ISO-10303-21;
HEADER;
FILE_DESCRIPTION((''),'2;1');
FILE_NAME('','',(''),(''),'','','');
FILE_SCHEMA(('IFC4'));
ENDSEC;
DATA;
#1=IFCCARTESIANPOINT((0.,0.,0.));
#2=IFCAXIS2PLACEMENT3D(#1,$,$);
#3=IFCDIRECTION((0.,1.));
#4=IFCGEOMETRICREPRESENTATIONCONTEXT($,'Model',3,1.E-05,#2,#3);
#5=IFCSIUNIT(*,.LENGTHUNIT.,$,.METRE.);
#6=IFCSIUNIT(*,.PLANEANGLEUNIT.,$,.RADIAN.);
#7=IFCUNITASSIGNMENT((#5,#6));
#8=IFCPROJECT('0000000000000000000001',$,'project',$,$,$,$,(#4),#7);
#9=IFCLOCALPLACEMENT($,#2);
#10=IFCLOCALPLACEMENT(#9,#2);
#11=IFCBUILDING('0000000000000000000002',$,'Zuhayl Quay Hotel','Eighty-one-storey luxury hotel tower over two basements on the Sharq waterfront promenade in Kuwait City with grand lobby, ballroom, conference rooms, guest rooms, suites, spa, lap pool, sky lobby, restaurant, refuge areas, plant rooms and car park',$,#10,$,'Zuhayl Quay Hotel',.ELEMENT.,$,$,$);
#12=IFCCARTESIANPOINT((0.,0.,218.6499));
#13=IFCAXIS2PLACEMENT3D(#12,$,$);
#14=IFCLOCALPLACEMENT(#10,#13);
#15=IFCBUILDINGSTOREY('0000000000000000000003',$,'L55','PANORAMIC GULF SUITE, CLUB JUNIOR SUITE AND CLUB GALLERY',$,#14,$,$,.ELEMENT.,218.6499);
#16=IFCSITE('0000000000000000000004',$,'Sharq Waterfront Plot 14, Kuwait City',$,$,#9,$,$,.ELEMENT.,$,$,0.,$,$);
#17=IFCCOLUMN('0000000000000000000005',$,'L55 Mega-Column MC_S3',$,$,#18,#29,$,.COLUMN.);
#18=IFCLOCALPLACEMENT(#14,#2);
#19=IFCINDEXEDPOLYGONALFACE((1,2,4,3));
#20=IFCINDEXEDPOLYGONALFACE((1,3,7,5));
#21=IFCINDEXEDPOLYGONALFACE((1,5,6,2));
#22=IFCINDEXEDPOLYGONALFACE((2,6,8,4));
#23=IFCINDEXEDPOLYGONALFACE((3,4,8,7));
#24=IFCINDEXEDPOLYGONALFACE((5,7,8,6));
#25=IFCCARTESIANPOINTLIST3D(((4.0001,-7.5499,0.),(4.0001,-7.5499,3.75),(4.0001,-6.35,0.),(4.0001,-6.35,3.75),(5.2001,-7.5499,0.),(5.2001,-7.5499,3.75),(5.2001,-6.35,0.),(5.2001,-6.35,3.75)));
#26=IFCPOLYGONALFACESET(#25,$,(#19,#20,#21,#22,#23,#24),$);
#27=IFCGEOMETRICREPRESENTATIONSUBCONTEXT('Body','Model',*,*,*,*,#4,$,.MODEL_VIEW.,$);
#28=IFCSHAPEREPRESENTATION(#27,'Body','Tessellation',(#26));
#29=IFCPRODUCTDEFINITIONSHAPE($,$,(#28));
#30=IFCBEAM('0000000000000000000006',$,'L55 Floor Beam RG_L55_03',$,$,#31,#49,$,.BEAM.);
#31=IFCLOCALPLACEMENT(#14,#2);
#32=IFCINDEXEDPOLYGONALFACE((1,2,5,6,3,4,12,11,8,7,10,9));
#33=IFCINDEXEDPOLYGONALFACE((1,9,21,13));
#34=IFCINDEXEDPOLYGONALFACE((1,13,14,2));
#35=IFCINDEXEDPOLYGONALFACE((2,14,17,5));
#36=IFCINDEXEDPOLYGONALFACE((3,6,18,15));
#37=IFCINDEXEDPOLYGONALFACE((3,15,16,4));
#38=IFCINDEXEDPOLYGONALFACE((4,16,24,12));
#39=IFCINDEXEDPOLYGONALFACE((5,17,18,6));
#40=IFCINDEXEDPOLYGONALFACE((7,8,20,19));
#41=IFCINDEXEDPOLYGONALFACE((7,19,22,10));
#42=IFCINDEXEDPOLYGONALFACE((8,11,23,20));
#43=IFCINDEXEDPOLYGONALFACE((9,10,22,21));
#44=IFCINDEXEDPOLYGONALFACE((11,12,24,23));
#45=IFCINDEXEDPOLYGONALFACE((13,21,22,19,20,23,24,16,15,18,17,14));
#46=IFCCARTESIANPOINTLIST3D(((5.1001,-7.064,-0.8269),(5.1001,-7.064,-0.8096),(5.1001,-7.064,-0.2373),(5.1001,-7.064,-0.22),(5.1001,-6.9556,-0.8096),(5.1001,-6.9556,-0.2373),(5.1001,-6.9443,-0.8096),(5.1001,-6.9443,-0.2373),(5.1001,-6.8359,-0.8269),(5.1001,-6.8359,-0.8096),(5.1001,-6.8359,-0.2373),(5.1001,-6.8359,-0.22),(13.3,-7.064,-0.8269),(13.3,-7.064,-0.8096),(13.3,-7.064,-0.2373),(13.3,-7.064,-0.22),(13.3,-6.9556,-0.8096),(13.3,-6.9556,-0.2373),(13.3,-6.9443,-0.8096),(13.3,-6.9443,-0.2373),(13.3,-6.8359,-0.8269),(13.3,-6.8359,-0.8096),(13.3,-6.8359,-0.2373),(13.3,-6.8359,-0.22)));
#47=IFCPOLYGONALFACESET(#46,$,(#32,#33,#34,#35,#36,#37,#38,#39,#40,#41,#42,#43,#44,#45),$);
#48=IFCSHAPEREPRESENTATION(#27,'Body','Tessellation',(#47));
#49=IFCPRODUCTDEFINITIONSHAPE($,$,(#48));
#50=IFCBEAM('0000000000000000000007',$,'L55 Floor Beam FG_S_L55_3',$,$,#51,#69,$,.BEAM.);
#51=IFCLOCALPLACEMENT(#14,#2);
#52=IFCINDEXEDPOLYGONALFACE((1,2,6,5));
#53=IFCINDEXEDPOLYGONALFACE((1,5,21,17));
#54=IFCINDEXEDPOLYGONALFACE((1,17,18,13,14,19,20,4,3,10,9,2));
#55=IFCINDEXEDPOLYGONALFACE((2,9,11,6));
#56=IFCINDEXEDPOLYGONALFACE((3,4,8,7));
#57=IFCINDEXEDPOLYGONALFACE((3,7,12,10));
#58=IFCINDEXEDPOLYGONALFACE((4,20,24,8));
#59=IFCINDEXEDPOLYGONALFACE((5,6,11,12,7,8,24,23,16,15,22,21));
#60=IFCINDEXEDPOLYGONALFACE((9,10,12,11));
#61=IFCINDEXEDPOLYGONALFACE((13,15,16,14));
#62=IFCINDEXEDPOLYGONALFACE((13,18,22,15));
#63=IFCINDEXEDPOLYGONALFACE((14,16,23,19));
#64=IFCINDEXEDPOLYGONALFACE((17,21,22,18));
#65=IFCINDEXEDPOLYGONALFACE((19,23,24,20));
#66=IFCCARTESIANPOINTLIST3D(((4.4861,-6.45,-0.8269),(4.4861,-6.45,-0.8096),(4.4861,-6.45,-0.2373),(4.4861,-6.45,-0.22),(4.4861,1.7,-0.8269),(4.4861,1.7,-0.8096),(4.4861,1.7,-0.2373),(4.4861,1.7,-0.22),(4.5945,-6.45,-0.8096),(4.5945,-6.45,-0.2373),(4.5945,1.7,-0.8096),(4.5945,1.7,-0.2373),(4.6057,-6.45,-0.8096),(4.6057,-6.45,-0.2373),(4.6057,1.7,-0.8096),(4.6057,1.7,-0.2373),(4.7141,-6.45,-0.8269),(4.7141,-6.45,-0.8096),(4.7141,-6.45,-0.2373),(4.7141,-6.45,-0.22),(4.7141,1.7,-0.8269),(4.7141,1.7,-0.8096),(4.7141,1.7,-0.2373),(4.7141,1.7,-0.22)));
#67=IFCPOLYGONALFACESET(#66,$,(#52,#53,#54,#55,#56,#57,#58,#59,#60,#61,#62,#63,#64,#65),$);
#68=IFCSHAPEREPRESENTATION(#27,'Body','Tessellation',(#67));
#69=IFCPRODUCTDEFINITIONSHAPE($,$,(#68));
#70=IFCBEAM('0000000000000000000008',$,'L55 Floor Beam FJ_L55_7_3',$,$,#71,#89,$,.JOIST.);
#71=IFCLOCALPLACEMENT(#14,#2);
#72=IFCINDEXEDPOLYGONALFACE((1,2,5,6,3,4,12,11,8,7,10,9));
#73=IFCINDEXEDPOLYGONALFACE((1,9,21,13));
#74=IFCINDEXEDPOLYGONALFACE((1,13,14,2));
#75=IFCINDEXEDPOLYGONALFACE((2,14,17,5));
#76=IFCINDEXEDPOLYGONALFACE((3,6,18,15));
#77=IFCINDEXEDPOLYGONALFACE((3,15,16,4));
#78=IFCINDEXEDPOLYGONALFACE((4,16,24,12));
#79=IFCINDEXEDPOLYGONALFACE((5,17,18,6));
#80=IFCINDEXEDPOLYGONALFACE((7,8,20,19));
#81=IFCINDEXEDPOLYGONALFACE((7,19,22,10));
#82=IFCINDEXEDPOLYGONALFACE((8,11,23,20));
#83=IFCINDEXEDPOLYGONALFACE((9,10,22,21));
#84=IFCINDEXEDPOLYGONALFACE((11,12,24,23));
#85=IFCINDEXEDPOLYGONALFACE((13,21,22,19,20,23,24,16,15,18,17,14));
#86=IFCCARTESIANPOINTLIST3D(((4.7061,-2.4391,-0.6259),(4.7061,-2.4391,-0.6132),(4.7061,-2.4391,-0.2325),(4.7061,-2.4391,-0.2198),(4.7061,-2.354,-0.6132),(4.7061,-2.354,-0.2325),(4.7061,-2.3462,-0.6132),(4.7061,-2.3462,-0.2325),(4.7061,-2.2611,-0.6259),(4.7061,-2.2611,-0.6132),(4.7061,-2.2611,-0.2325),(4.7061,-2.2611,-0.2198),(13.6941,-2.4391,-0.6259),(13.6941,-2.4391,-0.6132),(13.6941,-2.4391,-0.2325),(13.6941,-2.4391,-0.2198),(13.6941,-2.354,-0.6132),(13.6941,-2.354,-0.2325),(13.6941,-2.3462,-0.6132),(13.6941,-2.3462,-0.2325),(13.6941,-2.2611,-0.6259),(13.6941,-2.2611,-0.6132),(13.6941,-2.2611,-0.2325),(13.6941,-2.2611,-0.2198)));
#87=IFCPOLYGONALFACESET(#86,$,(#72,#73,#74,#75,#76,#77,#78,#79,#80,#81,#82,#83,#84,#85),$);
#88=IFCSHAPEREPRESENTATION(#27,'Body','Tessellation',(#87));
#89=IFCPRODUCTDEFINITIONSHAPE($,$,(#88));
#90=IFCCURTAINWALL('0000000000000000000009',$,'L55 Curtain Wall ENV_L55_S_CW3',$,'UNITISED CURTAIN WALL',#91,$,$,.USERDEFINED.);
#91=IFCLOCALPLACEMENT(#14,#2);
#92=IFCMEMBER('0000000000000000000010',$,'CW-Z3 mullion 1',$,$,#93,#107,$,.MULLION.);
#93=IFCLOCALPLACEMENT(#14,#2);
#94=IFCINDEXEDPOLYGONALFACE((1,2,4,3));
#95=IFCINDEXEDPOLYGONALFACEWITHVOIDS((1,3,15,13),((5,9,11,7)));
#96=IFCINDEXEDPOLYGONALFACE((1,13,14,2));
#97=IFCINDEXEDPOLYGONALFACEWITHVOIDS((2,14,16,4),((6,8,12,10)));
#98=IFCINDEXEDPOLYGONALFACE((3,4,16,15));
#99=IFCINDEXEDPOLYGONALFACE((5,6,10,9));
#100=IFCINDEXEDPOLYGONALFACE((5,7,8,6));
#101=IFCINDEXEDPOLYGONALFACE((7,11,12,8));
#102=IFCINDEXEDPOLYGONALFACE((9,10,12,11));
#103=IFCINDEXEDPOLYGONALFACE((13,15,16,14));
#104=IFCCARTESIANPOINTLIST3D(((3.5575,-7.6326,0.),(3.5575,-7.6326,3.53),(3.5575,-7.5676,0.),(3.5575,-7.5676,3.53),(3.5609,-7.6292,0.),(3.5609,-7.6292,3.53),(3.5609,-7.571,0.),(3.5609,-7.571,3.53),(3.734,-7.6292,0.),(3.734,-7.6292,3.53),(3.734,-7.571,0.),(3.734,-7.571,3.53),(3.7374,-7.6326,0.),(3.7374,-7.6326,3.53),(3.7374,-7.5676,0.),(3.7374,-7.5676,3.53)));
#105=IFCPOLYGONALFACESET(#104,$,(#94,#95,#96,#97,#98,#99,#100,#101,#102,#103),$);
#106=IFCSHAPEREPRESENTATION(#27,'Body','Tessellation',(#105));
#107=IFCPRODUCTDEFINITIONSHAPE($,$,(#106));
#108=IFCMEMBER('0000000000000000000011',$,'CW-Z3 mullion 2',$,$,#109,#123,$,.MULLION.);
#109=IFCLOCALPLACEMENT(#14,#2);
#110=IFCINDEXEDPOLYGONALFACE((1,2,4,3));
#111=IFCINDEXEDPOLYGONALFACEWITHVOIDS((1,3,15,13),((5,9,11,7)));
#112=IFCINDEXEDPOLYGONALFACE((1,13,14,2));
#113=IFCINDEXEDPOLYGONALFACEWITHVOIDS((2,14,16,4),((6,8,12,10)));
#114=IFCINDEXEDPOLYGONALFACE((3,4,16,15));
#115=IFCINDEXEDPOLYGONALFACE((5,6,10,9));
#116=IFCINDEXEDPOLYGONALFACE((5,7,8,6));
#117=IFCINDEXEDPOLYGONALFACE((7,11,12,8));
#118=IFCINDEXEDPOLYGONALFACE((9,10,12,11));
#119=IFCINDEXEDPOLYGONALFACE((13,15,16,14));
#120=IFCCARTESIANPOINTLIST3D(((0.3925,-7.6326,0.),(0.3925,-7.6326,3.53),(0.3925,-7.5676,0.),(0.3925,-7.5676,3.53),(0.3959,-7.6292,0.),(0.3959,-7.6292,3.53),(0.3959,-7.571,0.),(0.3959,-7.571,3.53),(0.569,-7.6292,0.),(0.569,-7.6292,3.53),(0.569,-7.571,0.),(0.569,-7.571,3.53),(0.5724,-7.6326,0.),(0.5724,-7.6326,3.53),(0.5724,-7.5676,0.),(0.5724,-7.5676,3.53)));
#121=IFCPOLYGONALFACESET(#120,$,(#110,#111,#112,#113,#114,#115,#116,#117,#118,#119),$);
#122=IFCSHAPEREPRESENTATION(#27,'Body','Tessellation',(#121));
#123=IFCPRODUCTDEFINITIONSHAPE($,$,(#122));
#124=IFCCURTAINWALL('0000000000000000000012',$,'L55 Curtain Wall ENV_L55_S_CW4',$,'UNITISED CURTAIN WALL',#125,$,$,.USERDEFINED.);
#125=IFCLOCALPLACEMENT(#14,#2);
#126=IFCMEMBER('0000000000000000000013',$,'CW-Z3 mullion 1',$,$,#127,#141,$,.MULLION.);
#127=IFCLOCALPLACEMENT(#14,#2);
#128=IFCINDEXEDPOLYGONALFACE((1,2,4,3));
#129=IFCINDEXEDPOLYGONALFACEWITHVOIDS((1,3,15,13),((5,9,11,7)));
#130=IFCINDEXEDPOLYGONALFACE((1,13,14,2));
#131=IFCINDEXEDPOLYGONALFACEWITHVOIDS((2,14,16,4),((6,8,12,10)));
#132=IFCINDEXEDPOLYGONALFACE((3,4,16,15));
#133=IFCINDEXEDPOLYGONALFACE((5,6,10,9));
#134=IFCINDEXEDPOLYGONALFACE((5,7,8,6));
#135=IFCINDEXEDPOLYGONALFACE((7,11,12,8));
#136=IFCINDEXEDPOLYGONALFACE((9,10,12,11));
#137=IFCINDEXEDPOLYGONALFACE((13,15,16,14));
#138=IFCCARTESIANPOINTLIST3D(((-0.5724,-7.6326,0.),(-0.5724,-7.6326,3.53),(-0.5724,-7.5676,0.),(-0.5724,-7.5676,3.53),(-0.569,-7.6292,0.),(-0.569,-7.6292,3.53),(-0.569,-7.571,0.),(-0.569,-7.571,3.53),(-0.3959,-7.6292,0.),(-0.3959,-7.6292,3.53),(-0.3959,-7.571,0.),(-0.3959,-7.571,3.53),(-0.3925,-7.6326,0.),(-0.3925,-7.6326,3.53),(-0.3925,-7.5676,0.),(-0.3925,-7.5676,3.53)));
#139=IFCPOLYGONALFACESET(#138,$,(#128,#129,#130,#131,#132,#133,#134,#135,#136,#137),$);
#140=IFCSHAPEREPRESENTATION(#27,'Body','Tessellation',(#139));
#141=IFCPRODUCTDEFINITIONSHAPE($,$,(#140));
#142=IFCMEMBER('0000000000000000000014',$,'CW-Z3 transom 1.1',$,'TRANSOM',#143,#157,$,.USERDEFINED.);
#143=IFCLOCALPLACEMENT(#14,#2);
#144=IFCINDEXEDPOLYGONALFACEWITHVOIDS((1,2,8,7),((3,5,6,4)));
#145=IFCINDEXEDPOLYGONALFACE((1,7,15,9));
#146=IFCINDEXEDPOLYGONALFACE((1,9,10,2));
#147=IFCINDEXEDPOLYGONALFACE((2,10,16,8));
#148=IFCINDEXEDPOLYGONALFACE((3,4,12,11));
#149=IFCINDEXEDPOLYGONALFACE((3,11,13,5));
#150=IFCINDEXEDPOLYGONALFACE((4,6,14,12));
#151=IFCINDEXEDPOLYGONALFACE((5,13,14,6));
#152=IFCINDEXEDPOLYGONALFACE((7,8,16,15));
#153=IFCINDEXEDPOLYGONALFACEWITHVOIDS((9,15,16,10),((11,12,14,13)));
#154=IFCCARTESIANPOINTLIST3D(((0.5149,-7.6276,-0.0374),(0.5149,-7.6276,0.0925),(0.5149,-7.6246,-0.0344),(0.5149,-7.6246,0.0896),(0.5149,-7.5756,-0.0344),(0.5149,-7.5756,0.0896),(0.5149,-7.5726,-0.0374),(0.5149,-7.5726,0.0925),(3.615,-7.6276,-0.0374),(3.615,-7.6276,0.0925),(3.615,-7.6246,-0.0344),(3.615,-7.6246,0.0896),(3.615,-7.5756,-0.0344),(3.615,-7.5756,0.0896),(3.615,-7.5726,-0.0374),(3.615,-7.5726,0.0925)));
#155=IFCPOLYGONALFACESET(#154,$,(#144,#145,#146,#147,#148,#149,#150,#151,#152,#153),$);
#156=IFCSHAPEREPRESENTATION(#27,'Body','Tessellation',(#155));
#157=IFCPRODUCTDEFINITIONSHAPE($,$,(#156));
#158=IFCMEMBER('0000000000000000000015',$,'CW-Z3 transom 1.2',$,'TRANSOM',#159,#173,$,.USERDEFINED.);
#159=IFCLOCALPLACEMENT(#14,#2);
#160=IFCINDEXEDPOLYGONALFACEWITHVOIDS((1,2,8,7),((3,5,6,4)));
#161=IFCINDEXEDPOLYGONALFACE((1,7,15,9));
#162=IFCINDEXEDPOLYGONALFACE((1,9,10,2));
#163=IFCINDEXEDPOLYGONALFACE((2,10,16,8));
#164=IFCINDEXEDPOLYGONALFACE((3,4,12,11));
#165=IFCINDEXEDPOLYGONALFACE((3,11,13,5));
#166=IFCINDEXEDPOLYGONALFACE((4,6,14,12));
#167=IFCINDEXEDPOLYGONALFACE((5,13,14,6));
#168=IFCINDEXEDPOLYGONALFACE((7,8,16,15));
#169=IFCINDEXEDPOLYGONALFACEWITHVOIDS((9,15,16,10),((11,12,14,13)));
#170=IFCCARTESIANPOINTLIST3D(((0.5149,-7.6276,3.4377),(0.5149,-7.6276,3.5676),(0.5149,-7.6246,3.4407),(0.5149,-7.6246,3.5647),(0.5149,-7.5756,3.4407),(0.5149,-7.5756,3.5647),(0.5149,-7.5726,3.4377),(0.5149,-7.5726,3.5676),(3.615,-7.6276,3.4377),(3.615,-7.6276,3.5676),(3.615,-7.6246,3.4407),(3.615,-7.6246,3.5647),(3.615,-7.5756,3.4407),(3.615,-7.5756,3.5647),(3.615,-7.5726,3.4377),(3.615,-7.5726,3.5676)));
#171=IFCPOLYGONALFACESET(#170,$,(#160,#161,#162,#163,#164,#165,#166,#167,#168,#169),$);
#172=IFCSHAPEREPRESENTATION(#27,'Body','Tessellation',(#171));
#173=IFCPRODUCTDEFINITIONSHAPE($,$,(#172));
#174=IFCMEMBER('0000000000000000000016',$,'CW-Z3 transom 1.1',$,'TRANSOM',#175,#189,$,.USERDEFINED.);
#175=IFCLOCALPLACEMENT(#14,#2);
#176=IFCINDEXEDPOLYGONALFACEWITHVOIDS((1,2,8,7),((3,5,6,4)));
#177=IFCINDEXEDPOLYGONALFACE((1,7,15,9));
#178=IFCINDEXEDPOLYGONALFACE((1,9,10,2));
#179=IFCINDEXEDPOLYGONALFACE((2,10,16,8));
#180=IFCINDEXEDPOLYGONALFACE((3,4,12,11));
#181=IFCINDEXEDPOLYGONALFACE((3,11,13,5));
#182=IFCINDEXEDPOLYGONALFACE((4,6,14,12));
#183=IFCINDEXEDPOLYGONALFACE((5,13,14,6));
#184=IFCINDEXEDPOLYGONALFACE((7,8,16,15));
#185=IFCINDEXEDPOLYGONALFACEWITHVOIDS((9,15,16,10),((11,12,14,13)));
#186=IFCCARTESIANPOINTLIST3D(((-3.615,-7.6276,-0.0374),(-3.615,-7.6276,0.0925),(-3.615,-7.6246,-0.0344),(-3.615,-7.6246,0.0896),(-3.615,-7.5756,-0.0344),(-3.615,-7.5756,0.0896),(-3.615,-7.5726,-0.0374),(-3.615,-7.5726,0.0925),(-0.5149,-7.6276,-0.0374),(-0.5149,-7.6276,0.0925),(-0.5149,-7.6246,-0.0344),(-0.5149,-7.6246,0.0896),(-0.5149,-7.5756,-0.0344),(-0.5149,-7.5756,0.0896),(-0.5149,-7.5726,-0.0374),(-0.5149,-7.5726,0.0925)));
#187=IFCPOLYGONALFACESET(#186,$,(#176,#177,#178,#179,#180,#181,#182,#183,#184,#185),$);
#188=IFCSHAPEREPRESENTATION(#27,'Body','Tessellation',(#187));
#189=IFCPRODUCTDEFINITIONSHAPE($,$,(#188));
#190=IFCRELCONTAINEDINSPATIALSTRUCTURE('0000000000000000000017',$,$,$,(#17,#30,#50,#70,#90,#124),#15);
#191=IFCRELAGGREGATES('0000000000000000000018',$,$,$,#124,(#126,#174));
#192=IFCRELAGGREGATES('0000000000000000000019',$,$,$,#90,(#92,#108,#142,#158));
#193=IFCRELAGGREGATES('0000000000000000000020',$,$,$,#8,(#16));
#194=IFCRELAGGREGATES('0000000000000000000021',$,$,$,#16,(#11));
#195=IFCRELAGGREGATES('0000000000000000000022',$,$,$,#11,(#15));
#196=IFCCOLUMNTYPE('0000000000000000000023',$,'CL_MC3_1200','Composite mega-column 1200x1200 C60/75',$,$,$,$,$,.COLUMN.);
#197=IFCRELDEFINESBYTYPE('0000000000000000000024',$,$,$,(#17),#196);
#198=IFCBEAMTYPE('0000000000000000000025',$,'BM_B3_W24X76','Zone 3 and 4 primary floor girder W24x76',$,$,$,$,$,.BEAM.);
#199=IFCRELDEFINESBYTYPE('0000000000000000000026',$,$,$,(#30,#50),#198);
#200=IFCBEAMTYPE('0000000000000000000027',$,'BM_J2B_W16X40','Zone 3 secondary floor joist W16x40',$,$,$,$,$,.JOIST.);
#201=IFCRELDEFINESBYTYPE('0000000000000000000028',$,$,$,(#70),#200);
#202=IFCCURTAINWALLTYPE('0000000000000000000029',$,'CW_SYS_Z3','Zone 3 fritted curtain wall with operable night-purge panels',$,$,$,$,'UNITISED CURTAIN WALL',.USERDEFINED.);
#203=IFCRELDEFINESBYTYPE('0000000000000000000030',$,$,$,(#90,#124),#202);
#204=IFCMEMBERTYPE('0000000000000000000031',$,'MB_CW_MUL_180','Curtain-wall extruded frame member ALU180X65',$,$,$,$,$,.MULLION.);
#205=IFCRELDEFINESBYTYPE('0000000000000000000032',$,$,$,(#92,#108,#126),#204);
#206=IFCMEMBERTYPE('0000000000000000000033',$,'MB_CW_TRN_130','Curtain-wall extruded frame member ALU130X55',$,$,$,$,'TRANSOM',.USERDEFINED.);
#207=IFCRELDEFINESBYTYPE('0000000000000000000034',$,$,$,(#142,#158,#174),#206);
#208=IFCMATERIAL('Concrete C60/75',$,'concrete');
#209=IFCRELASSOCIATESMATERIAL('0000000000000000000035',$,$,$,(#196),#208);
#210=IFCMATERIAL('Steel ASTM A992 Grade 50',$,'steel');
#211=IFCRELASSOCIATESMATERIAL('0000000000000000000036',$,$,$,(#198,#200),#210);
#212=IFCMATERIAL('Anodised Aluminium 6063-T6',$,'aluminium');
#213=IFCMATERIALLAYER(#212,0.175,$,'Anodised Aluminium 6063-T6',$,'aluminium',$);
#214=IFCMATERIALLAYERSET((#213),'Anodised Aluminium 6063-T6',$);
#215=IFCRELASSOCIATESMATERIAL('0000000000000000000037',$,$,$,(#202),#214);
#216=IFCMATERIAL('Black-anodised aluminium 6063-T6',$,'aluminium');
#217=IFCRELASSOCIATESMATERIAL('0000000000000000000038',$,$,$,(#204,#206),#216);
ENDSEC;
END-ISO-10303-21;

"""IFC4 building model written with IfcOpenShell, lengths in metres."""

from ifc_helpers import new_model, si_unit, direction, frame, origin, origin_2d, place, context, subcontext, project, spatial, rectangle, hollow_rectangle, i_section, extrude, material, layer, layer_set, material_profile, profile_set, type_object, element, aggregate, save


model = new_model("IFC4")

# Units and contexts
model_context = context("Model", 3, precision=1e-05, world=origin(), true_north=direction((0.0, 1.0)))
body_context = subcontext(model_context, "Body", "Model", "MODEL_VIEW")
ifc_project = project(units=[si_unit("LENGTHUNIT", "METRE"), si_unit("PLANEANGLEUNIT", "RADIAN")], contexts=[model_context])

# Site, building, storey
site_placement = place(None, origin())
site = spatial("IfcSite", under=ifc_project, at=site_placement, Name="Sharq Waterfront Plot 14, Kuwait City", CompositionType="ELEMENT", RefElevation=0.0)
building_placement = place(site_placement, origin())
building = spatial("IfcBuilding", under=site, at=building_placement, Name="Zuhayl Quay Hotel", Description="Eighty-one-storey luxury hotel tower over two basements on the Sharq waterfront promenade in Kuwait City with grand lobby, ballroom, conference rooms, guest rooms, suites, spa, lap pool, sky lobby, restaurant, refuge areas, plant rooms and car park", LongName="Zuhayl Quay Hotel", CompositionType="ELEMENT")
storey_placement = place(building_placement, frame((0.0, 0.0, 218.6499)))
storey = spatial("IfcBuildingStorey", under=building, at=storey_placement, Name="L55", Description="PANORAMIC GULF SUITE, CLUB JUNIOR SUITE AND CLUB GALLERY", CompositionType="ELEMENT", Elevation=218.6499)

# Column
ifc_material_1 = material(Name="Concrete C60/75", Category="concrete")
ifc_material_profile_1 = material_profile(ifc_material_1, rectangle(XDim=1.2, YDim=1.2, at=origin_2d()), Name="RC1200X1200")
ifc_profile_set_1 = profile_set([ifc_material_profile_1], Name="Concrete C60/75")
column_type = type_object("IfcColumnType", Name="CL_MC3_1200", Description="Composite mega-column 1200x1200 C60/75", PredefinedType="COLUMN", material=ifc_profile_set_1)
column_placement = place(storey_placement, frame((4.6001, -6.95, 0.0), z_axis=(0.0, 0.0, 1.0), x_axis=(1.0, 0.0, 0.0)))
element("IfcColumn", 1, at=column_placement, inside=storey, type_object=column_type, Name="L55 Mega-Column MC_S3", PredefinedType="COLUMN", context=body_context, shape_type="SweptSolid", body=[
    extrude(rectangle(XDim=1.2, YDim=1.2, at=origin_2d()), origin(), (0.0, 0.0, 1.0), 3.75),
])

# Beams
ifc_material_2 = material(Name="Steel ASTM A992 Grade 50", Category="steel")
ifc_material_profile_2 = material_profile(ifc_material_2, i_section(OverallWidth=0.228, OverallDepth=0.6069, WebThickness=0.0112, FlangeThickness=0.0173, at=origin_2d()), Name="W24X76")
ifc_profile_set_2 = profile_set([ifc_material_profile_2], Name="Steel ASTM A992 Grade 50")
beam_type_1 = type_object("IfcBeamType", Name="BM_B3_W24X76", Description="Zone 3 and 4 primary floor girder W24x76", PredefinedType="BEAM", material=ifc_profile_set_2)
beam_1_placement = place(storey_placement, frame((5.1001, -6.95, -0.5234), z_axis=(1.0, 0.0, 0.0), x_axis=(0.0, 1.0, 0.0)))
element("IfcBeam", 2, at=beam_1_placement, inside=storey, type_object=beam_type_1, Name="L55 Floor Beam RG_L55_03", PredefinedType="BEAM", context=body_context, shape_type="SweptSolid", body=[
    extrude(i_section(OverallWidth=0.228, OverallDepth=0.6069, WebThickness=0.0112, FlangeThickness=0.0173, at=origin_2d()), origin(), (0.0, 0.0, 1.0), 8.2),
])
beam_2_placement = place(storey_placement, frame((4.6001, -6.45, -0.5234), z_axis=(0.0, 1.0, 0.0), x_axis=(-1.0, 0.0, 0.0)))
element("IfcBeam", 3, at=beam_2_placement, inside=storey, type_object=beam_type_1, Name="L55 Floor Beam FG_S_L55_3", PredefinedType="BEAM", context=body_context, shape_type="SweptSolid", body=[
    extrude(i_section(OverallWidth=0.228, OverallDepth=0.6069, WebThickness=0.0112, FlangeThickness=0.0173, at=origin_2d()), origin(), (0.0, 0.0, 1.0), 8.1499),
])
ifc_material_profile_3 = material_profile(ifc_material_2, i_section(OverallWidth=0.178, OverallDepth=0.406, WebThickness=0.0078, FlangeThickness=0.0127, at=origin_2d()), Name="W16X40")
ifc_profile_set_3 = profile_set([ifc_material_profile_3], Name="Steel ASTM A992 Grade 50")
beam_type_2 = type_object("IfcBeamType", Name="BM_J2B_W16X40", Description="Zone 3 secondary floor joist W16x40", PredefinedType="JOIST", material=ifc_profile_set_3)
beam_3_placement = place(storey_placement, frame((4.7061, -2.3501, -0.4229), z_axis=(1.0, 0.0, 0.0), x_axis=(0.0, 1.0, 0.0)))
element("IfcBeam", 4, at=beam_3_placement, inside=storey, type_object=beam_type_2, Name="L55 Floor Beam FJ_L55_7_3", PredefinedType="JOIST", context=body_context, shape_type="SweptSolid", body=[
    extrude(i_section(OverallWidth=0.178, OverallDepth=0.406, WebThickness=0.0078, FlangeThickness=0.0127, at=origin_2d()), origin(), (0.0, 0.0, 1.0), 8.988),
])

# Curtain wall, members
ifc_material_3 = material(Name="Anodised Aluminium 6063-T6", Category="aluminium")
ifc_layer_1 = layer(ifc_material_3, 0.175, Name="Anodised Aluminium 6063-T6", Category="aluminium")
ifc_layer_set_1 = layer_set([ifc_layer_1], Name="Anodised Aluminium 6063-T6")
curtain_wall_type = type_object("IfcCurtainWallType", Name="CW_SYS_Z3", Description="Zone 3 fritted curtain wall with operable night-purge panels", ElementType="UNITISED CURTAIN WALL", PredefinedType="USERDEFINED", material=ifc_layer_set_1)
curtain_wall_1_placement = place(storey_placement, origin())
curtain_wall_1 = element("IfcCurtainWall", 5, at=curtain_wall_1_placement, inside=storey, type_object=curtain_wall_type, Name="L55 Curtain Wall ENV_L55_S_CW3", ObjectType="UNITISED CURTAIN WALL", PredefinedType="USERDEFINED")
ifc_material_4 = material(Name="Black-anodised aluminium 6063-T6", Category="aluminium")
ifc_material_profile_4 = material_profile(ifc_material_4, hollow_rectangle(XDim=0.0649, YDim=0.1799, WallThickness=0.0034, at=origin_2d()), Name="ALU180X65")
ifc_profile_set_4 = profile_set([ifc_material_profile_4], Name="Black-anodised aluminium 6063-T6")
member_type_1 = type_object("IfcMemberType", Name="MB_CW_MUL_180", Description="Curtain-wall extruded frame member ALU180X65", PredefinedType="MULLION", material=ifc_profile_set_4)
member_1_placement = place(storey_placement, frame((3.6475, -7.6001, 0.0), z_axis=(0.0, 0.0, 1.0), x_axis=(0.0, -1.0, 0.0)))
member_1 = element("IfcMember", 6, at=member_1_placement, type_object=member_type_1, Name="CW-Z3 mullion 1", PredefinedType="MULLION", context=body_context, shape_type="SweptSolid", body=[
    extrude(hollow_rectangle(XDim=0.0649, YDim=0.1799, WallThickness=0.0034, at=origin_2d()), origin(), (0.0, 0.0, 1.0), 3.53),
])
member_2_placement = place(storey_placement, frame((0.4824, -7.6001, 0.0), z_axis=(0.0, 0.0, 1.0), x_axis=(0.0, -1.0, 0.0)))
member_2 = element("IfcMember", 7, at=member_2_placement, type_object=member_type_1, Name="CW-Z3 mullion 2", PredefinedType="MULLION", context=body_context, shape_type="SweptSolid", body=[
    extrude(hollow_rectangle(XDim=0.0649, YDim=0.1799, WallThickness=0.0034, at=origin_2d()), origin(), (0.0, 0.0, 1.0), 3.53),
])

# Curtain wall, member
curtain_wall_2_placement = place(storey_placement, origin())
curtain_wall_2 = element("IfcCurtainWall", 8, at=curtain_wall_2_placement, inside=storey, type_object=curtain_wall_type, Name="L55 Curtain Wall ENV_L55_S_CW4", ObjectType="UNITISED CURTAIN WALL", PredefinedType="USERDEFINED")
member_3_placement = place(storey_placement, frame((-0.4824, -7.6001, 0.0), z_axis=(0.0, 0.0, 1.0), x_axis=(0.0, -1.0, 0.0)))
member_3 = element("IfcMember", 9, at=member_3_placement, type_object=member_type_1, Name="CW-Z3 mullion 1", PredefinedType="MULLION", context=body_context, shape_type="SweptSolid", body=[
    extrude(hollow_rectangle(XDim=0.0649, YDim=0.1799, WallThickness=0.0034, at=origin_2d()), origin(), (0.0, 0.0, 1.0), 3.53),
])

# Members
ifc_material_profile_5 = material_profile(ifc_material_4, hollow_rectangle(XDim=0.0549, YDim=0.1299, WallThickness=0.0029, at=origin_2d()), Name="ALU130X55")
ifc_profile_set_5 = profile_set([ifc_material_profile_5], Name="Black-anodised aluminium 6063-T6")
member_type_2 = type_object("IfcMemberType", Name="MB_CW_TRN_130", Description="Curtain-wall extruded frame member ALU130X55", ElementType="TRANSOM", PredefinedType="USERDEFINED", material=ifc_profile_set_5)
member_4_placement = place(storey_placement, frame((3.615, -7.6001, 0.0276), z_axis=(-1.0, 0.0, 0.0), x_axis=(0.0, -1.0, 0.0)))
member_4 = element("IfcMember", 10, at=member_4_placement, type_object=member_type_2, Name="CW-Z3 transom 1.1", ObjectType="TRANSOM", PredefinedType="USERDEFINED", context=body_context, shape_type="SweptSolid", body=[
    extrude(hollow_rectangle(XDim=0.0549, YDim=0.1299, WallThickness=0.0029, at=origin_2d()), origin(), (0.0, 0.0, 1.0), 3.1001),
])
member_5_placement = place(storey_placement, frame((3.615, -7.6001, 3.5027), z_axis=(-1.0, 0.0, 0.0), x_axis=(0.0, -1.0, 0.0)))
member_5 = element("IfcMember", 11, at=member_5_placement, type_object=member_type_2, Name="CW-Z3 transom 1.2", ObjectType="TRANSOM", PredefinedType="USERDEFINED", context=body_context, shape_type="SweptSolid", body=[
    extrude(hollow_rectangle(XDim=0.0549, YDim=0.1299, WallThickness=0.0029, at=origin_2d()), origin(), (0.0, 0.0, 1.0), 3.1001),
])
member_6_placement = place(storey_placement, frame((-0.5149, -7.6001, 0.0276), z_axis=(-1.0, 0.0, 0.0), x_axis=(0.0, -1.0, 0.0)))
member_6 = element("IfcMember", 12, at=member_6_placement, type_object=member_type_2, Name="CW-Z3 transom 1.1", ObjectType="TRANSOM", PredefinedType="USERDEFINED", context=body_context, shape_type="SweptSolid", body=[
    extrude(hollow_rectangle(XDim=0.0549, YDim=0.1299, WallThickness=0.0029, at=origin_2d()), origin(), (0.0, 0.0, 1.0), 3.1001),
])
aggregate(curtain_wall_2, [member_3, member_6])

aggregate(curtain_wall_1, [member_1, member_2, member_4, member_5])

save(model, "model.ifc")
